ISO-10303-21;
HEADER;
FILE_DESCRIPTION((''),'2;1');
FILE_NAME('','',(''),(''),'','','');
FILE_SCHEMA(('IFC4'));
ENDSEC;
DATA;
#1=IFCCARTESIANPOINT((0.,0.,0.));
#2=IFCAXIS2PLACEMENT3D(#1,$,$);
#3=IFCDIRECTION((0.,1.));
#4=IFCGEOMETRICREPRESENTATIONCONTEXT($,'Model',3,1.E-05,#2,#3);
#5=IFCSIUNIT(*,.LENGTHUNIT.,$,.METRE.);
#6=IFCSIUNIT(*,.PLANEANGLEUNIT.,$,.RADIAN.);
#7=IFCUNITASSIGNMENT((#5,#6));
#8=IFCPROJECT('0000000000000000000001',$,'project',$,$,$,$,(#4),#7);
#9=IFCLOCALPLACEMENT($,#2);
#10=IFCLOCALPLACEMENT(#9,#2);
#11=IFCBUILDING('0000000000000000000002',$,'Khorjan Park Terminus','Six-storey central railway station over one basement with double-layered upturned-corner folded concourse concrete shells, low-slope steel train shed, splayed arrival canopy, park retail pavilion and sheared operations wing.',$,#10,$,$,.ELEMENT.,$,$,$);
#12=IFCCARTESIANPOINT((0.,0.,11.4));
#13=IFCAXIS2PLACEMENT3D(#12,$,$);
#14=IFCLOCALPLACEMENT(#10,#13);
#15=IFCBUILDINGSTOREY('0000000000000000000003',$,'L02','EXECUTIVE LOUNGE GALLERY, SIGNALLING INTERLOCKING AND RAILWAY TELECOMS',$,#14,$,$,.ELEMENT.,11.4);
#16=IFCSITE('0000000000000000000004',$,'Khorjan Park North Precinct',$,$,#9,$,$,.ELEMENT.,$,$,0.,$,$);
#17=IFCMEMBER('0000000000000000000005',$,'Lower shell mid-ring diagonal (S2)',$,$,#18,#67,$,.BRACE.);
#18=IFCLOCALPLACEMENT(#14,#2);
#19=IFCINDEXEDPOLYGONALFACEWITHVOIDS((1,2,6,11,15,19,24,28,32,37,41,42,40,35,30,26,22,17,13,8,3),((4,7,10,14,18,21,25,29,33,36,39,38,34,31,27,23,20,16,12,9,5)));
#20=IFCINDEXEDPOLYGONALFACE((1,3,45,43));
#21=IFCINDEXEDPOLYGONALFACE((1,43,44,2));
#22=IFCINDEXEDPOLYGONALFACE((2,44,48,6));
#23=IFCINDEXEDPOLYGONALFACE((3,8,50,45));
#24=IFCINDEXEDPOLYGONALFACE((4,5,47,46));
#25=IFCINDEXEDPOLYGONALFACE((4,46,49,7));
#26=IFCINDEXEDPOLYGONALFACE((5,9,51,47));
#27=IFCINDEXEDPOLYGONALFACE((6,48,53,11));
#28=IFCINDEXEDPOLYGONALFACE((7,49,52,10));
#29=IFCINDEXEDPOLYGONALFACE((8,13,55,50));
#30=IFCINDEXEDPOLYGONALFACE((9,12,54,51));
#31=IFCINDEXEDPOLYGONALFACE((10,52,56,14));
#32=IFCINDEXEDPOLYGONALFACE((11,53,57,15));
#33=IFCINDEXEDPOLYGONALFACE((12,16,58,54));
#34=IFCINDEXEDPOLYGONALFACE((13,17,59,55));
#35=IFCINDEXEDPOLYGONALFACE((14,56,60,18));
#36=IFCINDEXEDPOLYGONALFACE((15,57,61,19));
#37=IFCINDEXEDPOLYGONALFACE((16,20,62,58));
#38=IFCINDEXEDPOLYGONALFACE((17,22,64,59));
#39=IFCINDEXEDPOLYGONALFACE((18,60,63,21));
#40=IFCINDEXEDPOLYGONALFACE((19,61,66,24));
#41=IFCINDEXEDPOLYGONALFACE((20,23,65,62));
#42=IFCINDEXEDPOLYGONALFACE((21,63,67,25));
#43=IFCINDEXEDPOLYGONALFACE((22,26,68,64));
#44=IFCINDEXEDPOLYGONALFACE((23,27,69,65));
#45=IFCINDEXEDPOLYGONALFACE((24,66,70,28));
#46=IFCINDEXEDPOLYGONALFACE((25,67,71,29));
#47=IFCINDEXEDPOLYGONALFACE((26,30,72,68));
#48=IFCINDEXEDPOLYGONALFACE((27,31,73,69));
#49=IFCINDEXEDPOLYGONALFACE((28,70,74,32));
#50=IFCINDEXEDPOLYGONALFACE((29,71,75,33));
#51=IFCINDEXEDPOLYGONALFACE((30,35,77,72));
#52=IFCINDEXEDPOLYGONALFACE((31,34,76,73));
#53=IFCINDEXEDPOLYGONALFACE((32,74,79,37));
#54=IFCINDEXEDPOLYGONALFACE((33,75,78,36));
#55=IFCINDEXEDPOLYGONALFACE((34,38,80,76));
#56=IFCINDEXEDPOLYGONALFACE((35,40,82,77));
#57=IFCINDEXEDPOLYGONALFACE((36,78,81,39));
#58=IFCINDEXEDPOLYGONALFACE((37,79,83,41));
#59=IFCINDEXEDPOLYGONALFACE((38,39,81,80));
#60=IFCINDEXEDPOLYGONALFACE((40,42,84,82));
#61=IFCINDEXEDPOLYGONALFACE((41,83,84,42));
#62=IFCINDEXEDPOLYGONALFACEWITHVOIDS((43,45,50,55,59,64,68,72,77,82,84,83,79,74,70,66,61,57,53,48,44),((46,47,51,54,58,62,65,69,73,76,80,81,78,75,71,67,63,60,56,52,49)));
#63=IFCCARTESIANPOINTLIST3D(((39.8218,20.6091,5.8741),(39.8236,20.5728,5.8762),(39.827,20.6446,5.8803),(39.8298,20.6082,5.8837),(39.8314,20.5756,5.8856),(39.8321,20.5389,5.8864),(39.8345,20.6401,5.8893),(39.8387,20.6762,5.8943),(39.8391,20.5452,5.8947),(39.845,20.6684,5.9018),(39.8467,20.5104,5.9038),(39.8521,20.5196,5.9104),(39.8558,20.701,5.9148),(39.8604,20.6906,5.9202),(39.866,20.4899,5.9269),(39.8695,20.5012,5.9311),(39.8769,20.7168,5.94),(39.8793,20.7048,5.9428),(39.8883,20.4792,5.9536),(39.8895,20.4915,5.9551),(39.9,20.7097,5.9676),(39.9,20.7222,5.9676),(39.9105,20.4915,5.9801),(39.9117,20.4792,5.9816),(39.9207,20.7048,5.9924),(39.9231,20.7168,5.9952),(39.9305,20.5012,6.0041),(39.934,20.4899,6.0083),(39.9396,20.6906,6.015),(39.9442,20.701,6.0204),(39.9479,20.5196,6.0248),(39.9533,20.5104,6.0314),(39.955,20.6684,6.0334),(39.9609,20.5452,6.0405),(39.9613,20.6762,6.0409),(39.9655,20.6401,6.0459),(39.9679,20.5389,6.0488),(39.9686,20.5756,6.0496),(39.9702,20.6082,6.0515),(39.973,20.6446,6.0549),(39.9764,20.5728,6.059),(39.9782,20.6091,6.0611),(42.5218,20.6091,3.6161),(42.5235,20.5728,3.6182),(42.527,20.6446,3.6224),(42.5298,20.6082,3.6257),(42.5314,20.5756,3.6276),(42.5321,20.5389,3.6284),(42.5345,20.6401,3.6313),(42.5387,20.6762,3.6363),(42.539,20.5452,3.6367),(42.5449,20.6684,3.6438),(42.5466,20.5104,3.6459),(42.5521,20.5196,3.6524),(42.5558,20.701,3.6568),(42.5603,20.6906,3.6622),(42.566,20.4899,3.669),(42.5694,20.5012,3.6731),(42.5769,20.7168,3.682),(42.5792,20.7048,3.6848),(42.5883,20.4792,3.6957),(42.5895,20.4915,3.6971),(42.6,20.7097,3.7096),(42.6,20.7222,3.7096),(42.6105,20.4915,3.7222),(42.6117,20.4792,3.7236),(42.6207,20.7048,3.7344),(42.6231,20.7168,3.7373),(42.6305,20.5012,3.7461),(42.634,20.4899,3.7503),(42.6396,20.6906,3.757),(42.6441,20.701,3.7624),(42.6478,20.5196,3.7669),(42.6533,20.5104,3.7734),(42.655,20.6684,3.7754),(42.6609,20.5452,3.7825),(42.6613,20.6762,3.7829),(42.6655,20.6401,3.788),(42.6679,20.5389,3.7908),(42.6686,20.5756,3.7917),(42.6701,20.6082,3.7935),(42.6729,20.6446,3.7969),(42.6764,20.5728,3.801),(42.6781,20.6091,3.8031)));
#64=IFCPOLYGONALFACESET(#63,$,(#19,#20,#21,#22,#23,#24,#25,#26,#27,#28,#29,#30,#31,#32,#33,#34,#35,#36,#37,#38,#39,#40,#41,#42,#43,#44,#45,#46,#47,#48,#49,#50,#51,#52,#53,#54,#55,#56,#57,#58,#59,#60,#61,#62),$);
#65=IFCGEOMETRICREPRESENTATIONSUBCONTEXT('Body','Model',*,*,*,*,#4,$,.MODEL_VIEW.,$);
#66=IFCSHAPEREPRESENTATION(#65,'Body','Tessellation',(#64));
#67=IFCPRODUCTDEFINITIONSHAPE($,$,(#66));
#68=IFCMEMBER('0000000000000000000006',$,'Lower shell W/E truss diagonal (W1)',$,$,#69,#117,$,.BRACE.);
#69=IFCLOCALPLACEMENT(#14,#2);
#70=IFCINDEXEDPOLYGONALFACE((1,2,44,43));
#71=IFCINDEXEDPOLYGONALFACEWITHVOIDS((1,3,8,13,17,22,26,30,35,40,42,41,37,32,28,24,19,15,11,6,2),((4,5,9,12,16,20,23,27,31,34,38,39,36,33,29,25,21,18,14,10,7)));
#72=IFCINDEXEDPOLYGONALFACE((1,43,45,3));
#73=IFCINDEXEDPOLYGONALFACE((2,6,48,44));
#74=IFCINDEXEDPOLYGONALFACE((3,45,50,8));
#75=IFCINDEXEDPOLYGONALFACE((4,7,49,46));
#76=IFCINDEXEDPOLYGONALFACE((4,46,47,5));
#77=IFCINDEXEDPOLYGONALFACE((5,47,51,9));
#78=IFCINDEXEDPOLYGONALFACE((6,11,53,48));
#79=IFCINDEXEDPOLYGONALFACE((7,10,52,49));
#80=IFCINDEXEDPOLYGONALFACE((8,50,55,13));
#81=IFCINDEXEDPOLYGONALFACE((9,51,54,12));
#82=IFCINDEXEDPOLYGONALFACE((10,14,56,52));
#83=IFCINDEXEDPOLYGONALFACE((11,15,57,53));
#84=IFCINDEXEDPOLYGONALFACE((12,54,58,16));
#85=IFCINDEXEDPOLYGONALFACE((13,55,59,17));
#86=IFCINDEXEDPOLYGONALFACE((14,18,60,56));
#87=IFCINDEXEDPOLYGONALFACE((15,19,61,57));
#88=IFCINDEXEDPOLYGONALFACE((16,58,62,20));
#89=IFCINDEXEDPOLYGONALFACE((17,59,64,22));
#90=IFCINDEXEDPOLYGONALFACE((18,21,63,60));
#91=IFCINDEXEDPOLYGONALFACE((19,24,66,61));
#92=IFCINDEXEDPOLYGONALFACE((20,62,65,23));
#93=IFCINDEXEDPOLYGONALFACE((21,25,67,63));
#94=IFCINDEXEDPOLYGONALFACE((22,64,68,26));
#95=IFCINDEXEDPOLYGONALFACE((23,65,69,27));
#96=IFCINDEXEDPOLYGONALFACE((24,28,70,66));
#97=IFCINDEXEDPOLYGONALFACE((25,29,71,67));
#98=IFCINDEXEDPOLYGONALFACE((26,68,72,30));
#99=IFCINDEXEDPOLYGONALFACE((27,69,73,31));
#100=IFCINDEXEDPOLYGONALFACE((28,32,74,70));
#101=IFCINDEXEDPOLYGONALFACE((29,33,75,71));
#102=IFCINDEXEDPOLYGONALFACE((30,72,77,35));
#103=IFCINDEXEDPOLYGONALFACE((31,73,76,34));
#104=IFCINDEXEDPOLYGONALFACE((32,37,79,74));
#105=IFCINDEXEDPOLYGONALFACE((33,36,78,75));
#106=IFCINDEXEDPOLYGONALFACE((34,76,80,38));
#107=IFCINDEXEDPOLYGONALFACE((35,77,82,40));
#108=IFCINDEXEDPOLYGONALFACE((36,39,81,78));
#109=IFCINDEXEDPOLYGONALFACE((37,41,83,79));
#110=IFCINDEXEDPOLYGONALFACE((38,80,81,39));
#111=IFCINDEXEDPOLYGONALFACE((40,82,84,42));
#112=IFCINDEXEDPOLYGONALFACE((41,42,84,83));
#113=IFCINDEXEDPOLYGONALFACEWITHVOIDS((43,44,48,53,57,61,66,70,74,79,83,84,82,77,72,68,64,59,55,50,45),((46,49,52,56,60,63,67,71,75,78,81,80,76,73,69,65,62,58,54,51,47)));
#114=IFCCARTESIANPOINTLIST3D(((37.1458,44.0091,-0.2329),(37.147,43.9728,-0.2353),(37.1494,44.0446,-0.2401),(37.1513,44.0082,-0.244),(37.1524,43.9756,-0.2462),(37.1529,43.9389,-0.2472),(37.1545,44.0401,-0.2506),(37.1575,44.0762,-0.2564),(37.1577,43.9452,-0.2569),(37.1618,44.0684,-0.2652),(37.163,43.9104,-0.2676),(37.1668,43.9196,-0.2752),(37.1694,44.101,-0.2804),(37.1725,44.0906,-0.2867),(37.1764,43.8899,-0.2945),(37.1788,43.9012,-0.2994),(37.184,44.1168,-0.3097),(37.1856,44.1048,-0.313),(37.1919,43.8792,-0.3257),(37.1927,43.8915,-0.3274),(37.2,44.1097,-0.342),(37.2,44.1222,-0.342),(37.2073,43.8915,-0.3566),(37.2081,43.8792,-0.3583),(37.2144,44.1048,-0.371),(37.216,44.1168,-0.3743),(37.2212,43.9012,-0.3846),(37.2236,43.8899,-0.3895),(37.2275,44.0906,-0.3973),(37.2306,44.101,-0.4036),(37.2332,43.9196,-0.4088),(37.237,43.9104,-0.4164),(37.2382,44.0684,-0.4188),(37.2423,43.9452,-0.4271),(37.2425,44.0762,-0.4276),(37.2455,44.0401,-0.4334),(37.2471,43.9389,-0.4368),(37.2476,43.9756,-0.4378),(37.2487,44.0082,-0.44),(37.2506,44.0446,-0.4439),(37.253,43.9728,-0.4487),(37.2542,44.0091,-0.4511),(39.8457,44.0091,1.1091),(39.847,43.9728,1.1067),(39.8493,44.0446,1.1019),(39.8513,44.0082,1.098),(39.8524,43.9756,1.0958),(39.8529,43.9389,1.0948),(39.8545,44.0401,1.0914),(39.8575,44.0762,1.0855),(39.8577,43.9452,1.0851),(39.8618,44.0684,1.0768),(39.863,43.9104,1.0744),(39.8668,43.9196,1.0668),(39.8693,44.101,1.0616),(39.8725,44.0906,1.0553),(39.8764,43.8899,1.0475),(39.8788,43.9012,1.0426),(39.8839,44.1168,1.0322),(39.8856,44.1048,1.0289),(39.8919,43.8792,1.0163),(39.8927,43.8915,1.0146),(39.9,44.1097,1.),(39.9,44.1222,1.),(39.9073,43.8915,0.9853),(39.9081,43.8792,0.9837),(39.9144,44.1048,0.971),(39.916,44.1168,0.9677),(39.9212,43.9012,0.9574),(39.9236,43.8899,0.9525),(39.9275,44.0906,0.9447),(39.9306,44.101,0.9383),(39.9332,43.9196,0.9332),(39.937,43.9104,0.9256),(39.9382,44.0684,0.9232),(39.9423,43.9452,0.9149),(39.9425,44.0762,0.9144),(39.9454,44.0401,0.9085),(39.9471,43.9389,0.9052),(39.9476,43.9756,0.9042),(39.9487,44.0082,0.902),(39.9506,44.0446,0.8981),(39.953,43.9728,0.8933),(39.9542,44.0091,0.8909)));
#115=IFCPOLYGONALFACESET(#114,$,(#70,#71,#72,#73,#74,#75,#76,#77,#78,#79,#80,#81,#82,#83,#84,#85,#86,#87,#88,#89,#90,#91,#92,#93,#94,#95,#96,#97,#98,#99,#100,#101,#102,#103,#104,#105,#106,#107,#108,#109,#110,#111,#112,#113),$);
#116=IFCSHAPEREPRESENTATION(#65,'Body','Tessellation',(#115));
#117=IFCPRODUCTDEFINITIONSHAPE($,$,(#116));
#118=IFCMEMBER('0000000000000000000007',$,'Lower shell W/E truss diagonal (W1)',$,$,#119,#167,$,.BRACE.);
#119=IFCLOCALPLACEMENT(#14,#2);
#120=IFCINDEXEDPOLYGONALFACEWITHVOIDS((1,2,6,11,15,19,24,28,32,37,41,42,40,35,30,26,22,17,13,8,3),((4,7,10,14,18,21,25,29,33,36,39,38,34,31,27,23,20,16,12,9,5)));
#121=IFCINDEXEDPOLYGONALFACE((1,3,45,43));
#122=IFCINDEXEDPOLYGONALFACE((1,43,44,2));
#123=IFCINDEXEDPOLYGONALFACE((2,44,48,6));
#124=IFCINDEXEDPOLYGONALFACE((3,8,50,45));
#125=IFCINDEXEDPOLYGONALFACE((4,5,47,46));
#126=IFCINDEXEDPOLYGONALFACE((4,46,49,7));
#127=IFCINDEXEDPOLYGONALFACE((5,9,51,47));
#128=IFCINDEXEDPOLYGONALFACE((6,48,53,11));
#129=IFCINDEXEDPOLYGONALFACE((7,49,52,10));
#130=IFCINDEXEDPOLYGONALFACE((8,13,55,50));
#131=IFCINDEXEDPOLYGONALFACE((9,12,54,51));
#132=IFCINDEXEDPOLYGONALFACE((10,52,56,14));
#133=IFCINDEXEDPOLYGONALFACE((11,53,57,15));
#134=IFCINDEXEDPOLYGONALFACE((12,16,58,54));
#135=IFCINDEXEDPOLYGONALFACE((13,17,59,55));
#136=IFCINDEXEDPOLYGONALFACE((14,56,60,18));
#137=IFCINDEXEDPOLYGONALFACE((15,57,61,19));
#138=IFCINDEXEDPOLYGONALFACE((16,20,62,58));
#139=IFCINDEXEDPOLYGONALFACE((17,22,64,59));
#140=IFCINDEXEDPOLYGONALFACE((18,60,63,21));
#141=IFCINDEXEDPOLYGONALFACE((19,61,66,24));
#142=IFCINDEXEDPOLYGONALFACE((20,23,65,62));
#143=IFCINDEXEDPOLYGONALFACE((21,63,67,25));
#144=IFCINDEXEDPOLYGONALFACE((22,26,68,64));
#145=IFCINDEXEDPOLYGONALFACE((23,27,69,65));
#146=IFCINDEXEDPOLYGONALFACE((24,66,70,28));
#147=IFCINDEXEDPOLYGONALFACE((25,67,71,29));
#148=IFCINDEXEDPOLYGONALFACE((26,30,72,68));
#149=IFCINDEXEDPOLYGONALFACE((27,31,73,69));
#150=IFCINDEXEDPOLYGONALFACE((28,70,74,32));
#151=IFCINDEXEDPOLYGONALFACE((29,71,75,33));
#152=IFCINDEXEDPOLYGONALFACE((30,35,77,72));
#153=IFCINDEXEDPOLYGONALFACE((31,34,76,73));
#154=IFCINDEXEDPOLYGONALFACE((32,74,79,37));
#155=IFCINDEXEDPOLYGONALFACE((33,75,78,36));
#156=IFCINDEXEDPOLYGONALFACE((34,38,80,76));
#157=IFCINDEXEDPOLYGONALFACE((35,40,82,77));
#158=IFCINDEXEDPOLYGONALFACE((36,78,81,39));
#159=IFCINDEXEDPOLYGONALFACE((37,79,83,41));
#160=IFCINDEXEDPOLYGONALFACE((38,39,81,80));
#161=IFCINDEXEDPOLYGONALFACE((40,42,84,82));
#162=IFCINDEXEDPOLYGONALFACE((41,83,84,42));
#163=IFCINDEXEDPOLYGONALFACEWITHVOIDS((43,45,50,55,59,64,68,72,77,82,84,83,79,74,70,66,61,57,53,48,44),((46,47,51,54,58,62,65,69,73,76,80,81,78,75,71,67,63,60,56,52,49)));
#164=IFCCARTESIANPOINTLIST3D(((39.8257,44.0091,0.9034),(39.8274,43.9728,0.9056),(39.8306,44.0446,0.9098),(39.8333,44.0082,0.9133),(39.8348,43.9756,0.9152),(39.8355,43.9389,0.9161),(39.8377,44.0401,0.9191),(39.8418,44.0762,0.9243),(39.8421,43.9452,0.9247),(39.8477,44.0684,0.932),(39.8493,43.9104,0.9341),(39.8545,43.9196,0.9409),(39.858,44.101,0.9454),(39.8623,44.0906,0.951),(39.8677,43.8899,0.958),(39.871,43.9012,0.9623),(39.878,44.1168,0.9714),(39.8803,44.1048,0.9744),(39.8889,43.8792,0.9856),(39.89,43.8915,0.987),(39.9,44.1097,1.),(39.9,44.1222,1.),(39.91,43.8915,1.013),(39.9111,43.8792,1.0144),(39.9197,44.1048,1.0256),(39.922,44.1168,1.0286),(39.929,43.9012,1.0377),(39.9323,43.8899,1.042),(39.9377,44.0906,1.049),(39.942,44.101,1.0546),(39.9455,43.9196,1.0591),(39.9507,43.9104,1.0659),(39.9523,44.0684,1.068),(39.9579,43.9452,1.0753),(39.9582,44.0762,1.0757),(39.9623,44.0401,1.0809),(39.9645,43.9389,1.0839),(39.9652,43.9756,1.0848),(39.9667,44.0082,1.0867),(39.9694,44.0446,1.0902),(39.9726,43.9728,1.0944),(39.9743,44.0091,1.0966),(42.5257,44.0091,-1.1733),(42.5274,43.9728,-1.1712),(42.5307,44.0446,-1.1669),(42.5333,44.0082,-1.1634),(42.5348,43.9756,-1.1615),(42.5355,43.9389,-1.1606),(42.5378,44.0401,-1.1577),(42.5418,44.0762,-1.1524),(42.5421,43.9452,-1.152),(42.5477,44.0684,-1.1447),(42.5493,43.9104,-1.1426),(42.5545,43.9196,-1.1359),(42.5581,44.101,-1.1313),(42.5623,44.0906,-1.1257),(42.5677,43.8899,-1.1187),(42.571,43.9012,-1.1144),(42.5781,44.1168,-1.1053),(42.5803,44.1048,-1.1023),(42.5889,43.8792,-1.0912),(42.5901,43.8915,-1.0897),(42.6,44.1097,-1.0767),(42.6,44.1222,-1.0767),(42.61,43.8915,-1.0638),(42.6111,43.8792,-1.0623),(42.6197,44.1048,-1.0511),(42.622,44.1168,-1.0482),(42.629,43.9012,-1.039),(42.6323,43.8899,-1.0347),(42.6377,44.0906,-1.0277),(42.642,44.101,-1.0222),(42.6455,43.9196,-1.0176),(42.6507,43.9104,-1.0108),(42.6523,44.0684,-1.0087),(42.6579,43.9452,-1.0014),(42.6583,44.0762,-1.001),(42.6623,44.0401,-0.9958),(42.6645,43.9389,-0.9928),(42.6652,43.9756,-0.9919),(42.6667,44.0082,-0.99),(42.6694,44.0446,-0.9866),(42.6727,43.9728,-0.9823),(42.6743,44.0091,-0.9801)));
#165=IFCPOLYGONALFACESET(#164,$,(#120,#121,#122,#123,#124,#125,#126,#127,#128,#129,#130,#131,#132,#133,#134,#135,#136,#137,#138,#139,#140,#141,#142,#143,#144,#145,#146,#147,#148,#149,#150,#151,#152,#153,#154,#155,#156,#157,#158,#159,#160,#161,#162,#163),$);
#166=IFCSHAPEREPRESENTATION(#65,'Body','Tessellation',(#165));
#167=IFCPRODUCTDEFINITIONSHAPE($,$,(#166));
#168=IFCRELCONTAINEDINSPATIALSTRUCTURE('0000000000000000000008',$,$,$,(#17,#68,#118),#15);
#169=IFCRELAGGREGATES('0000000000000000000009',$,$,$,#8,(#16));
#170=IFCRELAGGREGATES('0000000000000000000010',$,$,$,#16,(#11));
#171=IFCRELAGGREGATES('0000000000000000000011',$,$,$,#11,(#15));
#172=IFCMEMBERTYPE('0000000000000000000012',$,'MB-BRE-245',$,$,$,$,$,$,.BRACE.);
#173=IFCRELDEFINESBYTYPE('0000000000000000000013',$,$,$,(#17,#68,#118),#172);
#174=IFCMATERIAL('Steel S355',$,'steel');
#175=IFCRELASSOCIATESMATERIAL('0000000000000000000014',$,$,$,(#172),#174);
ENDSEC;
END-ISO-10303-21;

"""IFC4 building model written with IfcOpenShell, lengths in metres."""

from ifc_helpers import new_model, si_unit, direction, frame, origin, origin_2d, place, context, subcontext, project, spatial, hollow_circle, extrude, material, material_profile, profile_set, type_object, element, save


model = new_model("IFC4")

# Units and contexts
model_context = context("Model", 3, precision=1e-05, world=origin(), true_north=direction((0.0, 1.0)))
body_context = subcontext(model_context, "Body", "Model", "MODEL_VIEW")
ifc_project = project(units=[si_unit("LENGTHUNIT", "METRE"), si_unit("PLANEANGLEUNIT", "RADIAN")], contexts=[model_context])

# Site, building, storey
site_placement = place(None, origin())
site = spatial("IfcSite", under=ifc_project, at=site_placement, Name="Khorjan Park North Precinct", CompositionType="ELEMENT", RefElevation=0.0)
building_placement = place(site_placement, origin())
building = spatial("IfcBuilding", under=site, at=building_placement, Name="Khorjan Park Terminus", Description="Six-storey central railway station over one basement with double-layered upturned-corner folded concourse concrete shells, low-slope steel train shed, splayed arrival canopy, park retail pavilion and sheared operations wing.", CompositionType="ELEMENT")
storey_placement = place(building_placement, frame((0.0, 0.0, 11.4)))
storey = spatial("IfcBuildingStorey", under=building, at=storey_placement, Name="L02", Description="EXECUTIVE LOUNGE GALLERY, SIGNALLING INTERLOCKING AND RAILWAY TELECOMS", CompositionType="ELEMENT", Elevation=11.4)

# Members
ifc_material_1 = material(Name="Steel S355", Category="steel")
ifc_material_profile_1 = material_profile(ifc_material_1, hollow_circle(Radius=0.1222, WallThickness=0.0125, at=origin_2d()), Name="CHS 244.5x12.5")
ifc_profile_set_1 = profile_set([ifc_material_profile_1], Name="Steel S355")
member_type_1 = type_object("IfcMemberType", Name="MB-BRE-245", PredefinedType="BRACE", material=ifc_profile_set_1)
member_1_placement = place(storey_placement, frame((39.9, 20.6, 5.9676), z_axis=(0.767102, 0.0, -0.641525), x_axis=(0.0, 1.0, 0.0)))
element("IfcMember", 1, at=member_1_placement, inside=storey, type_object=member_type_1, Name="Lower shell mid-ring diagonal (S2)", PredefinedType="BRACE", context=body_context, shape_type="SweptSolid", body=[
    extrude(hollow_circle(Radius=0.1222, WallThickness=0.0125, at=origin_2d()), origin(), (0.0, 0.0, 1.0), 3.5197),
])
member_2_placement = place(storey_placement, frame((37.2, 44.0, -0.342), z_axis=(0.895486, 0.0, 0.44509), x_axis=(0.0, 1.0, 0.0)))
element("IfcMember", 2, at=member_2_placement, inside=storey, type_object=member_type_1, Name="Lower shell W/E truss diagonal (W1)", PredefinedType="BRACE", context=body_context, shape_type="SweptSolid", body=[
    extrude(hollow_circle(Radius=0.1222, WallThickness=0.0125, at=origin_2d()), origin(), (0.0, 0.0, 1.0), 3.0151),
])
member_3_placement = place(storey_placement, frame((39.9, 44.0, 1.0), z_axis=(0.792656, 0.0, -0.60967), x_axis=(0.0, 1.0, 0.0)))
element("IfcMember", 3, at=member_3_placement, inside=storey, type_object=member_type_1, Name="Lower shell W/E truss diagonal (W1)", PredefinedType="BRACE", context=body_context, shape_type="SweptSolid", body=[
    extrude(hollow_circle(Radius=0.1222, WallThickness=0.0125, at=origin_2d()), origin(), (0.0, 0.0, 1.0), 3.4063),
])

save(model, "model.ifc")
